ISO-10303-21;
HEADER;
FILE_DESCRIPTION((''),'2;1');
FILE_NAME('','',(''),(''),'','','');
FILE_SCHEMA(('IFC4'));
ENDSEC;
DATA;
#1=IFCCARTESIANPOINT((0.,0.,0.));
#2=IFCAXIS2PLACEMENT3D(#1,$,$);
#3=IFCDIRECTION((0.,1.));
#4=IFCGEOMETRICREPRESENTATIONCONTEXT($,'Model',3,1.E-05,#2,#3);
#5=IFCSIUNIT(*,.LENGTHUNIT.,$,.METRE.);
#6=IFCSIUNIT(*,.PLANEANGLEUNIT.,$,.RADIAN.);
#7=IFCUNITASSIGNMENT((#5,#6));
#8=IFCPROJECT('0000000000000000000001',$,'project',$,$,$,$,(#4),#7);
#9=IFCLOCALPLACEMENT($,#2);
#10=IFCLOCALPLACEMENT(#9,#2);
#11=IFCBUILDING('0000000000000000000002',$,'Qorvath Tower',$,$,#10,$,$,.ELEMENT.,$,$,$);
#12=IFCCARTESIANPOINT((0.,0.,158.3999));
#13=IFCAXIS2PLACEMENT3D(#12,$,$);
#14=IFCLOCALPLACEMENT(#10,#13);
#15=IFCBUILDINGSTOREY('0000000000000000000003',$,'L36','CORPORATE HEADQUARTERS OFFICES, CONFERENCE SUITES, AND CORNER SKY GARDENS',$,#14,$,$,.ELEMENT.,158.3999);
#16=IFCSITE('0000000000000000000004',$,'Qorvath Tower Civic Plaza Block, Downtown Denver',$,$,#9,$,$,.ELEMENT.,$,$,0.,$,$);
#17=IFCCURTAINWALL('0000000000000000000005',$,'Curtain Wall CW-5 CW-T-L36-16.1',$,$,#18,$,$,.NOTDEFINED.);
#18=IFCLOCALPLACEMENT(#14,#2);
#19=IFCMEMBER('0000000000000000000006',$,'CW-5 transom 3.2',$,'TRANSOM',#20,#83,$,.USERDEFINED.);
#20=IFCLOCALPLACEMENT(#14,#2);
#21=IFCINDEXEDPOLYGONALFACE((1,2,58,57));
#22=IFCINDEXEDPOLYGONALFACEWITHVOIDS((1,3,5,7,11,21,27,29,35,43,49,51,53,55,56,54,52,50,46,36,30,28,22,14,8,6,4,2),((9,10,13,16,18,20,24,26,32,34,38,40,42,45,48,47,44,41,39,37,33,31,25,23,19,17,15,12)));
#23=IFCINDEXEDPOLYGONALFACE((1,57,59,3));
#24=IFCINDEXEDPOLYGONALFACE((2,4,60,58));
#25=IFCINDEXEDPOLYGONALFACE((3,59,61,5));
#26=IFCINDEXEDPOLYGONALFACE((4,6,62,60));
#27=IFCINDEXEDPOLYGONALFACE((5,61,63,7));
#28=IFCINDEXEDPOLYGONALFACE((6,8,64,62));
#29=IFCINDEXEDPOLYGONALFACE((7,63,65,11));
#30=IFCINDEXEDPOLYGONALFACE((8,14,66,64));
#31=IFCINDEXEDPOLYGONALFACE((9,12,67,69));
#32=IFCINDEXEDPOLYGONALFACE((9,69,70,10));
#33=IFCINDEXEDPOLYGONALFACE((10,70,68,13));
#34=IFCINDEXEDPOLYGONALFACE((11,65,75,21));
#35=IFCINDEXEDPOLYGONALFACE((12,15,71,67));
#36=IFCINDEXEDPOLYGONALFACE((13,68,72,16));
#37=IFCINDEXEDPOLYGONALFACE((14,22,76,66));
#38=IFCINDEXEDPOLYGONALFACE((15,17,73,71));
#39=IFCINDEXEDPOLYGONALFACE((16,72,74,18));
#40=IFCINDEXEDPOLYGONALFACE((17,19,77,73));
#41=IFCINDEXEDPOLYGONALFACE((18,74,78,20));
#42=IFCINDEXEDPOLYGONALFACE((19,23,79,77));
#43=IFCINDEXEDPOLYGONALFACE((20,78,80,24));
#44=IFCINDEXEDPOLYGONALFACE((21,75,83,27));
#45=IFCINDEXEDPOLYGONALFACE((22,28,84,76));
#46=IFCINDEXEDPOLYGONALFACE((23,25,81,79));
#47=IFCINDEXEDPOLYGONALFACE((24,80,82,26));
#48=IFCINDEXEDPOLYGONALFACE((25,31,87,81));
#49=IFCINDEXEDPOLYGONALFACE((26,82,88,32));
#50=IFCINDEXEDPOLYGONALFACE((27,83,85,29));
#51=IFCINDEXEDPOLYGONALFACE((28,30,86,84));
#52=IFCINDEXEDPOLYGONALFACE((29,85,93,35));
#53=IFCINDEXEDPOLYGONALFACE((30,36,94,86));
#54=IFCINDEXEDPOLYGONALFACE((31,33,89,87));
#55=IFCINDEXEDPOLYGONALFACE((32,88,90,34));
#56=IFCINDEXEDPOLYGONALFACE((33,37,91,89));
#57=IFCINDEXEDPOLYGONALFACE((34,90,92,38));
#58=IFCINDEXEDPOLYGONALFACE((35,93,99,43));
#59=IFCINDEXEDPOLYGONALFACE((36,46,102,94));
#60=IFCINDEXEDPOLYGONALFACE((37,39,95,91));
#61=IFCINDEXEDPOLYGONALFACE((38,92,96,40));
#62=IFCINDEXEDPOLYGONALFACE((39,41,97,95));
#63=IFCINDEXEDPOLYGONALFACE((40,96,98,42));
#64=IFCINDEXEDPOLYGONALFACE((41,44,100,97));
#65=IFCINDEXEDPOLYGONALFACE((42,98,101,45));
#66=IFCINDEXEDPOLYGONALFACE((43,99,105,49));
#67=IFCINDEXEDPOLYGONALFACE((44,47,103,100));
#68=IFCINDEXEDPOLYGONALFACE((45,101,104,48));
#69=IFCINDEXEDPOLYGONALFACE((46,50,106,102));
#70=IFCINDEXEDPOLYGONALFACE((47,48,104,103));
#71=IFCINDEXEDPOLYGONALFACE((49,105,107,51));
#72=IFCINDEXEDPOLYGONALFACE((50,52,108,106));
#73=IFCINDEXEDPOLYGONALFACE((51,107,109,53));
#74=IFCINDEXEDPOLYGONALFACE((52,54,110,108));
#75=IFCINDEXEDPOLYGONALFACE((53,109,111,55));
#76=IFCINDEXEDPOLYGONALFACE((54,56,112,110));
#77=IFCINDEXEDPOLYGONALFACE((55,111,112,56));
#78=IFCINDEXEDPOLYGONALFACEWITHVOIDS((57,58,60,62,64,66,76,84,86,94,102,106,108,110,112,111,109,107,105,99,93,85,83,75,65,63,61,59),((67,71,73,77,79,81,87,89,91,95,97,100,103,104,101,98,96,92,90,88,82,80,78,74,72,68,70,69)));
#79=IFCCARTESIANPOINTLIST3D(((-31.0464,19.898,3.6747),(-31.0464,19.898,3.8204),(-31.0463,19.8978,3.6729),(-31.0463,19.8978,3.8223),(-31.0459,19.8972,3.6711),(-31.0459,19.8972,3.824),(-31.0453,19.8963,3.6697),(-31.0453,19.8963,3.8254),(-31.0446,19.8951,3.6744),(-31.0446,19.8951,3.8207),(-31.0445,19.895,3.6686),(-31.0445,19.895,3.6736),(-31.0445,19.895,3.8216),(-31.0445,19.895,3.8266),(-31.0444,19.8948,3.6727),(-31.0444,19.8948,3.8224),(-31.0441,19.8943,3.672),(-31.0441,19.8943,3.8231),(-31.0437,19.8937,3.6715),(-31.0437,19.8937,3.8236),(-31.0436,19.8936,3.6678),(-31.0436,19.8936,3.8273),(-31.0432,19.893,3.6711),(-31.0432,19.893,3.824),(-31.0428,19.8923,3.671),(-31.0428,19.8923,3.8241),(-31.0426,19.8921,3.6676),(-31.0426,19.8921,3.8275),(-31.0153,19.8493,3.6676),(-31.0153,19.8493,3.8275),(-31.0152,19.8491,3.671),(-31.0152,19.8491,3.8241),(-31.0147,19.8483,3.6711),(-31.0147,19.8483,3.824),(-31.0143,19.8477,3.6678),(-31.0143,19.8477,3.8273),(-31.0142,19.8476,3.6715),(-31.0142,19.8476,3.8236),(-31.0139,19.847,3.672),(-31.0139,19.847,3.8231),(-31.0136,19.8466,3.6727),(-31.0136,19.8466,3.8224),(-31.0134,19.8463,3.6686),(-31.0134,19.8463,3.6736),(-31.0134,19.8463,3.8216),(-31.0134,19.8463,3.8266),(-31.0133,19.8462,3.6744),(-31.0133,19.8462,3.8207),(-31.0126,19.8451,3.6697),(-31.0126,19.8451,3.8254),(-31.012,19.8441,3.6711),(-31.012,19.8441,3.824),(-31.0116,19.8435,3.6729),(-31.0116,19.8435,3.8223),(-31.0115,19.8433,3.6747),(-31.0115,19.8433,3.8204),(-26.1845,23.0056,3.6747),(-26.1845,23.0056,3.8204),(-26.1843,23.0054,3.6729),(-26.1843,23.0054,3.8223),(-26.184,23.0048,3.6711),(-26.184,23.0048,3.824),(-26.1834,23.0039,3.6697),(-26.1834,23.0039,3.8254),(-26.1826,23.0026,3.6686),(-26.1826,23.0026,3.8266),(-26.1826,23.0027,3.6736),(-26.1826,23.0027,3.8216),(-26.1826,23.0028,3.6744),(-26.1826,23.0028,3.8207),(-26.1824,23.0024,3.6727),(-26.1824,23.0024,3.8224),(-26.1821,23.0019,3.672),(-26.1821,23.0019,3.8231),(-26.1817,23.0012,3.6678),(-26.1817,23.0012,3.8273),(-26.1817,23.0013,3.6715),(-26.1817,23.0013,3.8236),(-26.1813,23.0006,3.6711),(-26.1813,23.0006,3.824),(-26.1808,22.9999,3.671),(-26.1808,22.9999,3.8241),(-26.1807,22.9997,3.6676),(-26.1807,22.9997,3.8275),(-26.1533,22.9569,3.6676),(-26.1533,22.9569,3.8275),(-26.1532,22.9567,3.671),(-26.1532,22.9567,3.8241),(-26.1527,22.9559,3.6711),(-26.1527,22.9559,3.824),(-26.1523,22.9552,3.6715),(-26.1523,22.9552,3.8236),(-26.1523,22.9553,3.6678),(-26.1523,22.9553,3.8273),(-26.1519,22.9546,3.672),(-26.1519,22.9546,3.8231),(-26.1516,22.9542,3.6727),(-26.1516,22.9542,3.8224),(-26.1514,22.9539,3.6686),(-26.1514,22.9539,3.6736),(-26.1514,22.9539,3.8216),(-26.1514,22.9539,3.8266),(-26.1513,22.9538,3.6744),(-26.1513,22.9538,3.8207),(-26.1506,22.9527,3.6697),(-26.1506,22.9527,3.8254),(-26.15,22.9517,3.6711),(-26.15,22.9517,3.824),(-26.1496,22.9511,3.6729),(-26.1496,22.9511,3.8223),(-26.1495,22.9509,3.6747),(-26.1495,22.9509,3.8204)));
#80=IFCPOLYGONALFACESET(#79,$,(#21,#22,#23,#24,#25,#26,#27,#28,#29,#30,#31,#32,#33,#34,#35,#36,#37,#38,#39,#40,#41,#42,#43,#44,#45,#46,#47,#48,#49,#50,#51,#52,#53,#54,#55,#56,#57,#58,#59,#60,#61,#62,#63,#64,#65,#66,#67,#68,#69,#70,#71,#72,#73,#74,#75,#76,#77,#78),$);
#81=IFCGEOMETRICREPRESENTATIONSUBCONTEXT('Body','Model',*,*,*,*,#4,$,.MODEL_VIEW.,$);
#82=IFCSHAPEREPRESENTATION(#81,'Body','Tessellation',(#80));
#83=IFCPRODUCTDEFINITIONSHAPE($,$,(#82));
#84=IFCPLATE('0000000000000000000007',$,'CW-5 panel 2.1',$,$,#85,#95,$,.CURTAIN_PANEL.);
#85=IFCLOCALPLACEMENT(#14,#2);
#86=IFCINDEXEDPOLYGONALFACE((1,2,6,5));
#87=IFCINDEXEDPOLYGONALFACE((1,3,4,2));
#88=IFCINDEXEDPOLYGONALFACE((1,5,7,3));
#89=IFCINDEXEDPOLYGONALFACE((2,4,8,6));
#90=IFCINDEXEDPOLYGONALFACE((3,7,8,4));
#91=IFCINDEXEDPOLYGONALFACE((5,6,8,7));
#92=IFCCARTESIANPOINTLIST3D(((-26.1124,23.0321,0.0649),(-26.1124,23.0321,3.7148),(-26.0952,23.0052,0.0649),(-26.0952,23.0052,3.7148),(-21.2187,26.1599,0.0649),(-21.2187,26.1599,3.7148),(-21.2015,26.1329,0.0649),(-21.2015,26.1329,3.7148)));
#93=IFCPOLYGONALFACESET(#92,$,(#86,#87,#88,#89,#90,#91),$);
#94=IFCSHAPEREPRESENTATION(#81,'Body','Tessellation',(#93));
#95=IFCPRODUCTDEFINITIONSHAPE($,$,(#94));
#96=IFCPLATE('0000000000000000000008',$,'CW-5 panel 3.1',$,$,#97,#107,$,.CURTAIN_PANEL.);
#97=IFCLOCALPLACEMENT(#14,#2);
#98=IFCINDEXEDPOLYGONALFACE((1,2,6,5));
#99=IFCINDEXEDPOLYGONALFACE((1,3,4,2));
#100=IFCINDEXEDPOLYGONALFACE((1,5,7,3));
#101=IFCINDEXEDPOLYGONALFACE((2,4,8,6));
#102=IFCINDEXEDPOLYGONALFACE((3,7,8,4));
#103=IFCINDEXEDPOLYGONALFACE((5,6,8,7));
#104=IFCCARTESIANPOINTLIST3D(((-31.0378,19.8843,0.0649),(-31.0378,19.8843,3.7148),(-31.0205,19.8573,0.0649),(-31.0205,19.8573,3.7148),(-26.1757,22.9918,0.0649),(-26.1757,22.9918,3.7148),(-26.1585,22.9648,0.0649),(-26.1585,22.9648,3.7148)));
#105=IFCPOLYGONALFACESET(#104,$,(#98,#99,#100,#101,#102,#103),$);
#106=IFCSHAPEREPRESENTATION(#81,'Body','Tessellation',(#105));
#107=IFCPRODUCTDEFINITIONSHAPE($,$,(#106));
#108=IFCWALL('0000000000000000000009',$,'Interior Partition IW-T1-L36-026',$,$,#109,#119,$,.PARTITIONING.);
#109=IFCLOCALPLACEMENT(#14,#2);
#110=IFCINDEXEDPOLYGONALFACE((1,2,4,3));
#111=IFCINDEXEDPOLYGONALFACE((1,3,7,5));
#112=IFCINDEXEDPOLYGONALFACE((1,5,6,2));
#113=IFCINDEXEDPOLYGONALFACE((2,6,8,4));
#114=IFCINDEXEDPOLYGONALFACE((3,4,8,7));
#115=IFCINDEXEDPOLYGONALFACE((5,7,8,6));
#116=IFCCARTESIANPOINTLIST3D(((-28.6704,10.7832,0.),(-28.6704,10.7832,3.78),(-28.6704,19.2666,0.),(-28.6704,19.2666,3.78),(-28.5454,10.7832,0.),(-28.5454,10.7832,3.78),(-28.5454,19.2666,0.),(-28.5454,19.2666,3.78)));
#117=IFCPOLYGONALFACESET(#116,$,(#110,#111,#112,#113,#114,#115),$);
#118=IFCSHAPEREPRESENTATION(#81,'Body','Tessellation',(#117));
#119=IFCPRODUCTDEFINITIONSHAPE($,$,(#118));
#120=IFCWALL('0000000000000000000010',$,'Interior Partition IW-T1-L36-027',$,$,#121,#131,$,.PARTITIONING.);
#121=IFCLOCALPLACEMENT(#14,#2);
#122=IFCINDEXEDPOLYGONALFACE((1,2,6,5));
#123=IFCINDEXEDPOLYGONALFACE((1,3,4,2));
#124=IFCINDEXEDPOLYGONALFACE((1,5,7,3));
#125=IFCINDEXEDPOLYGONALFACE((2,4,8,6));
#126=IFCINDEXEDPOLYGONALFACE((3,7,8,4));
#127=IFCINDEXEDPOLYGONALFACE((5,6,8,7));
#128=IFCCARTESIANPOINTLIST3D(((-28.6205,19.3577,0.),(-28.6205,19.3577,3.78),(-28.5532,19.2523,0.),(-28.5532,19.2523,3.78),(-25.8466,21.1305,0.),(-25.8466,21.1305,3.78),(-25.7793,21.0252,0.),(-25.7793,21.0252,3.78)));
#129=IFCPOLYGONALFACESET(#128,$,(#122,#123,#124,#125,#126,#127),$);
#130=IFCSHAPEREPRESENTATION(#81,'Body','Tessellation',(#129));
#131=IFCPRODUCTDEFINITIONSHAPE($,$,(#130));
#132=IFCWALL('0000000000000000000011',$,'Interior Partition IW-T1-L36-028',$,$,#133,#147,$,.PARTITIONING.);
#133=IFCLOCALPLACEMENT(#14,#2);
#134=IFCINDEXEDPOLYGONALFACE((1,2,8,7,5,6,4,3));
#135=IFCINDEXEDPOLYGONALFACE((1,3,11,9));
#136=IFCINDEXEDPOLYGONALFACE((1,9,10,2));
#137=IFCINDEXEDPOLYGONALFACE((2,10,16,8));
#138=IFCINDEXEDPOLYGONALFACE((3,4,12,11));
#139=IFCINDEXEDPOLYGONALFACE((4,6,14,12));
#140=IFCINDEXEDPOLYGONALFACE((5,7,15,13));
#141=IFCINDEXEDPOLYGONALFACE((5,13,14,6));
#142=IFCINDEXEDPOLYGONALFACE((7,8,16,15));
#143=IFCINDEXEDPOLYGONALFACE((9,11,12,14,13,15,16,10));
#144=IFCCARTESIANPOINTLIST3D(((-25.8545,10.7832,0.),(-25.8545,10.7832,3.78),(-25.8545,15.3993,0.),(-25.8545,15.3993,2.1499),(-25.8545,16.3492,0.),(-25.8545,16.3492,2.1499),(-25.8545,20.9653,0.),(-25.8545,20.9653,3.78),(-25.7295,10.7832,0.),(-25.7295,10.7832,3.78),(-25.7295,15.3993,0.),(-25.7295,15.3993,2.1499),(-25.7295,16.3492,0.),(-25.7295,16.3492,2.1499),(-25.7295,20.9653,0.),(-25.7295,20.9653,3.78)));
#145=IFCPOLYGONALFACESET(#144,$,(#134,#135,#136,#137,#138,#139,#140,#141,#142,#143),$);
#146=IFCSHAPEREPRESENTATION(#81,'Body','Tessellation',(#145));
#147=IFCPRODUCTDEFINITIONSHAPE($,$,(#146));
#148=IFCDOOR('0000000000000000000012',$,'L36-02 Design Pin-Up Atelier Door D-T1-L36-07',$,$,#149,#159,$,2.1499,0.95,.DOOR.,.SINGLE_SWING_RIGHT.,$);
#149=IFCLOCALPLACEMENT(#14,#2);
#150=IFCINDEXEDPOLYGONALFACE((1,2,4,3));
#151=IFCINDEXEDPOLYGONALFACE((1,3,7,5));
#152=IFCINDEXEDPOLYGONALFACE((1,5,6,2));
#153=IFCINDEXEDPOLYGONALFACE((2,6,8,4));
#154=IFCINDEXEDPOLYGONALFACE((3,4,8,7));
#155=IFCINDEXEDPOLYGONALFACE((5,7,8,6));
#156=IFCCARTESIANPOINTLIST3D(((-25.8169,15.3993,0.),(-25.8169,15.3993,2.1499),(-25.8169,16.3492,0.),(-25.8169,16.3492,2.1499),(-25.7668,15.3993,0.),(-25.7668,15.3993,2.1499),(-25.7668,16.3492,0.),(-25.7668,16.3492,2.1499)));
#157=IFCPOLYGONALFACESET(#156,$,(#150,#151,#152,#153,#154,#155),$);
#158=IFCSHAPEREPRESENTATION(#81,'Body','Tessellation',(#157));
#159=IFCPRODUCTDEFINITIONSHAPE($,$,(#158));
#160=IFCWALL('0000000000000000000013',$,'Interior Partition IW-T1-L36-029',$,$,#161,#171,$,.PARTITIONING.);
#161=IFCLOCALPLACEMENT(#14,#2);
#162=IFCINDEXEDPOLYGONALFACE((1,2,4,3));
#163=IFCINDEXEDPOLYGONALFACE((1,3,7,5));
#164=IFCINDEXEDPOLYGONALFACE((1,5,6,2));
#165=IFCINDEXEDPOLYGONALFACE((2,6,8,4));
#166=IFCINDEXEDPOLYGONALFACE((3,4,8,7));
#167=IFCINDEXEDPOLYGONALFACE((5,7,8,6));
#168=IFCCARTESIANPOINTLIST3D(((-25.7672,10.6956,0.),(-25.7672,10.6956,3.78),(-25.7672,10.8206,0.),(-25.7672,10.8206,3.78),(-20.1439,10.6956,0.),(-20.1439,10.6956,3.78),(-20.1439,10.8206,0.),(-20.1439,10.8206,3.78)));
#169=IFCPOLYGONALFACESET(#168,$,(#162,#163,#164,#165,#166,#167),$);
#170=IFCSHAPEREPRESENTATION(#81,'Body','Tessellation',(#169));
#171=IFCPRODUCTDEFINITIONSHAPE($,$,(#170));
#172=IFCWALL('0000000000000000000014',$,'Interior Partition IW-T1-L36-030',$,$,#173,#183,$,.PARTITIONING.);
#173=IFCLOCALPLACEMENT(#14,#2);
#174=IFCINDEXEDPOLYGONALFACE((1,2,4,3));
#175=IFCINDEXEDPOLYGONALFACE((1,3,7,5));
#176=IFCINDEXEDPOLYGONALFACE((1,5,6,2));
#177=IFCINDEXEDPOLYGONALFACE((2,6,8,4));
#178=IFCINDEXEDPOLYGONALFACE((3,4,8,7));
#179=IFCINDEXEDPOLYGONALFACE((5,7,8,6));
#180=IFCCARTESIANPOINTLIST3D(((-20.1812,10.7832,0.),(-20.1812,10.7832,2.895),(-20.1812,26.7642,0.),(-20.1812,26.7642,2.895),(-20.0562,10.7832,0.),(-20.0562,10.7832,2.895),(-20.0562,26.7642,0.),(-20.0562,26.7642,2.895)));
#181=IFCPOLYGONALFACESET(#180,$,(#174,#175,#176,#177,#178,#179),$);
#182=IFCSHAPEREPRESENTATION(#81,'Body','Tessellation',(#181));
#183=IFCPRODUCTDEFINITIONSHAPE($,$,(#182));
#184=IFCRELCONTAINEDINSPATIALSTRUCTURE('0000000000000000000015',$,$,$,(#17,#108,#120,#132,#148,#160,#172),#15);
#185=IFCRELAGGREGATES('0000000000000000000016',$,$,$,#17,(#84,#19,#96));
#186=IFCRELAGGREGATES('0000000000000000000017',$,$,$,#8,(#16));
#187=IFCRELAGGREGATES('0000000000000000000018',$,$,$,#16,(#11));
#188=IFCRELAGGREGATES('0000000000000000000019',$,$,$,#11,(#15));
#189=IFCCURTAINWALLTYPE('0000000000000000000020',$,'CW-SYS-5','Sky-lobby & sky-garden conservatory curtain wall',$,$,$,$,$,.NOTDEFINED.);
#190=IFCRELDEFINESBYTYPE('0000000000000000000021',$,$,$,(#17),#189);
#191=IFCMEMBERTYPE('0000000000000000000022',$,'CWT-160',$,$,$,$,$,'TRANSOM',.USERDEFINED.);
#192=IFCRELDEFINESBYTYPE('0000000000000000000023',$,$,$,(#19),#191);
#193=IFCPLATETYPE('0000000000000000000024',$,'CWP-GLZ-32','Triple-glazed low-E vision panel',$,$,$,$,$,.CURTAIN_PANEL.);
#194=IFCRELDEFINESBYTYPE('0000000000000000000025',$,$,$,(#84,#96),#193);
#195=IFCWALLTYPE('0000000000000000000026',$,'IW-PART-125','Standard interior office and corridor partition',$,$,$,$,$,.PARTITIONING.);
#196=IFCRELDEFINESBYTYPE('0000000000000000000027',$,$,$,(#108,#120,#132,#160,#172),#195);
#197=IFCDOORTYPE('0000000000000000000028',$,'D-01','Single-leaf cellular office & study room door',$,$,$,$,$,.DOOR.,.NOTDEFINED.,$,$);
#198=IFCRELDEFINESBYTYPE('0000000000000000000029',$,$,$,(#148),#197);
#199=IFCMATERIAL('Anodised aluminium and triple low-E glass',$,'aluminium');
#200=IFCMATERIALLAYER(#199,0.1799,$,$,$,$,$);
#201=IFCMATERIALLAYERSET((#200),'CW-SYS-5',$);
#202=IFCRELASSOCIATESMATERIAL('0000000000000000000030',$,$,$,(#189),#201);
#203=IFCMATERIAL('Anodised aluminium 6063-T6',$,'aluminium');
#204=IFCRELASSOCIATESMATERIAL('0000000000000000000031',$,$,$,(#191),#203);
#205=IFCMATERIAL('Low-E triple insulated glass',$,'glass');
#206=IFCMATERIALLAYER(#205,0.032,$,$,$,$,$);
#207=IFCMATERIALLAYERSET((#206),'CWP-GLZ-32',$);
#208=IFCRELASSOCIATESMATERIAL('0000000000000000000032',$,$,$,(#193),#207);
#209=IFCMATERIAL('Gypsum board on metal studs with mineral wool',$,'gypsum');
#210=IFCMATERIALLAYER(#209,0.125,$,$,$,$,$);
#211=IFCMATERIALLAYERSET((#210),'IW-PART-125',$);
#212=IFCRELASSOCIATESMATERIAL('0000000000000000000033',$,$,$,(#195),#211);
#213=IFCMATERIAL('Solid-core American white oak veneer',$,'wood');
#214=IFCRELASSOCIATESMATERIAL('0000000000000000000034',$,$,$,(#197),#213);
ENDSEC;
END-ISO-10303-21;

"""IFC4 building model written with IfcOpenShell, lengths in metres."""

from ifc_helpers import new_model, si_unit, direction, frame, frame_2d, origin, origin_2d, place, context, subcontext, project, spatial, rectangle, hollow_rectangle, extrude, material, layer, layer_set, material_profile, profile_set, type_object, element, fill, aggregate, save


model = new_model("IFC4")

# Units and contexts
model_context = context("Model", 3, precision=1e-05, world=origin(), true_north=direction((0.0, 1.0)))
body_context = subcontext(model_context, "Body", "Model", "MODEL_VIEW")
ifc_project = project(units=[si_unit("LENGTHUNIT", "METRE"), si_unit("PLANEANGLEUNIT", "RADIAN")], contexts=[model_context])

# Site, building, storey
site_placement = place(None, origin())
site = spatial("IfcSite", under=ifc_project, at=site_placement, Name="Qorvath Tower Civic Plaza Block, Downtown Denver", CompositionType="ELEMENT", RefElevation=0.0)
building_placement = place(site_placement, origin())
building = spatial("IfcBuilding", under=site, at=building_placement, Name="Qorvath Tower", CompositionType="ELEMENT")
storey_placement = place(building_placement, frame((0.0, 0.0, 158.3999)))
storey = spatial("IfcBuildingStorey", under=building, at=storey_placement, Name="L36", Description="CORPORATE HEADQUARTERS OFFICES, CONFERENCE SUITES, AND CORNER SKY GARDENS", CompositionType="ELEMENT", Elevation=158.3999)

# Curtain wall, member, plates
ifc_material_1 = material(Name="Anodised aluminium and triple low-E glass", Category="aluminium")
ifc_layer_1 = layer(ifc_material_1, 0.1799)
ifc_layer_set_1 = layer_set([ifc_layer_1], Name="CW-SYS-5")
curtain_wall_type = type_object("IfcCurtainWallType", Name="CW-SYS-5", Description="Sky-lobby & sky-garden conservatory curtain wall", PredefinedType="NOTDEFINED", material=ifc_layer_set_1)
curtain_wall_placement = place(storey_placement, origin())
curtain_wall = element("IfcCurtainWall", 1, at=curtain_wall_placement, inside=storey, type_object=curtain_wall_type, Name="Curtain Wall CW-5 CW-T-L36-16.1", PredefinedType="NOTDEFINED")
ifc_material_2 = material(Name="Anodised aluminium 6063-T6", Category="aluminium")
ifc_material_profile_1 = material_profile(ifc_material_2, hollow_rectangle(XDim=0.0649, YDim=0.1599, WallThickness=0.0034, InnerFilletRadius=0.0034, OuterFilletRadius=0.0071, at=origin_2d()), Name="CWT 160x65")
ifc_profile_set_1 = profile_set([ifc_material_profile_1], Name="Anodised aluminium 6063-T6")
member_type_1 = type_object("IfcMemberType", Name="CWT-160", ElementType="TRANSOM", PredefinedType="USERDEFINED", material=ifc_profile_set_1)
member_1_placement = place(storey_placement, frame((-26.167, 22.9783, 3.7476), z_axis=(-0.84259, -0.538555, 0.0), x_axis=(0.538555, -0.84259, 0.0)))
member_1 = element("IfcMember", 2, at=member_1_placement, type_object=member_type_1, Name="CW-5 transom 3.2", ObjectType="TRANSOM", PredefinedType="USERDEFINED", context=body_context, shape_type="SweptSolid", body=[
    extrude(hollow_rectangle(XDim=0.0649, YDim=0.1599, WallThickness=0.0034, InnerFilletRadius=0.0034, OuterFilletRadius=0.0071, at=origin_2d()), origin(), (0.0, 0.0, 1.0), 5.7703),
])
ifc_material_3 = material(Name="Low-E triple insulated glass", Category="glass")
ifc_layer_2 = layer(ifc_material_3, 0.032)
ifc_layer_set_2 = layer_set([ifc_layer_2], Name="CWP-GLZ-32")
plate_type = type_object("IfcPlateType", Name="CWP-GLZ-32", Description="Triple-glazed low-E vision panel", PredefinedType="CURTAIN_PANEL", material=ifc_layer_set_2)
plate_1_placement = place(storey_placement, frame((-23.657, 24.5825, 0.0649), z_axis=(0.0, 0.0, 1.0), x_axis=(-0.8426, -0.53854, 0.0)))
plate_1 = element("IfcPlate", 3, at=plate_1_placement, type_object=plate_type, Name="CW-5 panel 2.1", PredefinedType="CURTAIN_PANEL", context=body_context, shape_type="SweptSolid", body=[
    extrude(rectangle(XDim=5.8079, YDim=0.032, at=origin_2d()), origin(), (0.0, 0.0, 1.0), 3.6499),
])
plate_2_placement = place(storey_placement, frame((-28.5981, 21.4246, 0.0649), z_axis=(0.0, 0.0, 1.0), x_axis=(-0.8426, -0.53854, 0.0)))
plate_2 = element("IfcPlate", 4, at=plate_2_placement, type_object=plate_type, Name="CW-5 panel 3.1", PredefinedType="CURTAIN_PANEL", context=body_context, shape_type="SweptSolid", body=[
    extrude(rectangle(XDim=5.7703, YDim=0.032, at=origin_2d()), origin(), (0.0, 0.0, 1.0), 3.6499),
])
aggregate(curtain_wall, [plate_1, member_1, plate_2])

# Walls
ifc_material_4 = material(Name="Gypsum board on metal studs with mineral wool", Category="gypsum")
ifc_layer_3 = layer(ifc_material_4, 0.125)
ifc_layer_set_3 = layer_set([ifc_layer_3], Name="IW-PART-125")
wall_type = type_object("IfcWallType", Name="IW-PART-125", Description="Standard interior office and corridor partition", PredefinedType="PARTITIONING", material=ifc_layer_set_3)
wall_1_placement = place(storey_placement, frame((-28.6079, 19.2666, 0.0), z_axis=(0.0, 0.0, 1.0), x_axis=(0.0, -1.0, 0.0)))
element("IfcWall", 5, at=wall_1_placement, inside=storey, type_object=wall_type, Name="Interior Partition IW-T1-L36-026", PredefinedType="PARTITIONING", context=body_context, shape_type="SweptSolid", body=[
    extrude(rectangle(XDim=8.4834, YDim=0.125, at=frame_2d((4.2417, 0.0))), origin(), (0.0, 0.0, 1.0), 3.78),
])
wall_2_placement = place(storey_placement, frame((-25.813, 21.0779, 0.0), z_axis=(0.0, 0.0, 1.0), x_axis=(-0.842597, -0.538544, 0.0)))
element("IfcWall", 6, at=wall_2_placement, inside=storey, type_object=wall_type, Name="Interior Partition IW-T1-L36-027", PredefinedType="PARTITIONING", context=body_context, shape_type="SweptSolid", body=[
    extrude(rectangle(XDim=3.292, YDim=0.125, at=frame_2d((1.646, 0.0))), origin(), (0.0, 0.0, 1.0), 3.78),
])

# Wall, opening, door
wall_3_placement = place(storey_placement, frame((-25.792, 10.7832, 0.0), z_axis=(0.0, 0.0, 1.0), x_axis=(0.0, 1.0, 0.0)))
wall_3 = element("IfcWall", 7, at=wall_3_placement, inside=storey, type_object=wall_type, Name="Interior Partition IW-T1-L36-028", PredefinedType="PARTITIONING", context=body_context, shape_type="SweptSolid", body=[
    extrude(rectangle(XDim=10.1821, YDim=0.125, at=frame_2d((5.0911, 0.0))), origin(), (0.0, 0.0, 1.0), 3.78),
])
opening_1_placement = place(wall_3_placement, frame((4.616, 0.0, 0.0)))
opening_1 = element("IfcOpeningElement", 8, at=opening_1_placement, cuts=wall_3, PredefinedType="OPENING", context=body_context, shape_type="SweptSolid", body=[
    extrude(rectangle(XDim=0.95, YDim=2.1499, at=frame_2d((0.4751, 1.075))), frame((0.0, 0.0725, 0.0), z_axis=(0.0, -1.0, 0.0), x_axis=(1.0, 0.0, 0.0)), (0.0, 0.0, 1.0), 0.145),
])
ifc_material_5 = material(Name="Solid-core American white oak veneer", Category="wood")
door_type = type_object("IfcDoorType", Name="D-01", Description="Single-leaf cellular office & study room door", OperationType="NOTDEFINED", PredefinedType="DOOR", material=ifc_material_5)
door_1_placement = place(opening_1_placement, origin())
door_1 = element("IfcDoor", 9, at=door_1_placement, inside=storey, type_object=door_type, Name="L36-02 Design Pin-Up Atelier Door D-T1-L36-07", OperationType="SINGLE_SWING_RIGHT", OverallHeight=2.1499, OverallWidth=0.95, PredefinedType="DOOR", context=body_context, shape_type="SweptSolid", body=[
    extrude(rectangle(XDim=0.95, YDim=2.1499, at=frame_2d((0.4751, 1.075))), frame((0.0, 0.0249, 0.0), z_axis=(0.0, -1.0, 0.0), x_axis=(1.0, 0.0, 0.0)), (0.0, 0.0, 1.0), 0.05),
])
fill(opening_1, door_1)

# Walls
wall_4_placement = place(storey_placement, frame((-25.7671, 10.7581, 0.0), z_axis=(0.0, 0.0, 1.0), x_axis=(1.0, 0.0, 0.0)))
element("IfcWall", 10, at=wall_4_placement, inside=storey, type_object=wall_type, Name="Interior Partition IW-T1-L36-029", PredefinedType="PARTITIONING", context=body_context, shape_type="SweptSolid", body=[
    extrude(rectangle(XDim=5.6233, YDim=0.125, at=frame_2d((2.8115, 0.0))), origin(), (0.0, 0.0, 1.0), 3.78),
])
wall_5_placement = place(storey_placement, frame((-20.1187, 10.7832, 0.0), z_axis=(0.0, 0.0, 1.0), x_axis=(0.0, 1.0, 0.0)))
element("IfcWall", 11, at=wall_5_placement, inside=storey, type_object=wall_type, Name="Interior Partition IW-T1-L36-030", PredefinedType="PARTITIONING", context=body_context, shape_type="SweptSolid", body=[
    extrude(rectangle(XDim=15.981, YDim=0.125, at=frame_2d((7.9905, 0.0))), origin(), (0.0, 0.0, 1.0), 2.895),
])

save(model, "model.ifc")
